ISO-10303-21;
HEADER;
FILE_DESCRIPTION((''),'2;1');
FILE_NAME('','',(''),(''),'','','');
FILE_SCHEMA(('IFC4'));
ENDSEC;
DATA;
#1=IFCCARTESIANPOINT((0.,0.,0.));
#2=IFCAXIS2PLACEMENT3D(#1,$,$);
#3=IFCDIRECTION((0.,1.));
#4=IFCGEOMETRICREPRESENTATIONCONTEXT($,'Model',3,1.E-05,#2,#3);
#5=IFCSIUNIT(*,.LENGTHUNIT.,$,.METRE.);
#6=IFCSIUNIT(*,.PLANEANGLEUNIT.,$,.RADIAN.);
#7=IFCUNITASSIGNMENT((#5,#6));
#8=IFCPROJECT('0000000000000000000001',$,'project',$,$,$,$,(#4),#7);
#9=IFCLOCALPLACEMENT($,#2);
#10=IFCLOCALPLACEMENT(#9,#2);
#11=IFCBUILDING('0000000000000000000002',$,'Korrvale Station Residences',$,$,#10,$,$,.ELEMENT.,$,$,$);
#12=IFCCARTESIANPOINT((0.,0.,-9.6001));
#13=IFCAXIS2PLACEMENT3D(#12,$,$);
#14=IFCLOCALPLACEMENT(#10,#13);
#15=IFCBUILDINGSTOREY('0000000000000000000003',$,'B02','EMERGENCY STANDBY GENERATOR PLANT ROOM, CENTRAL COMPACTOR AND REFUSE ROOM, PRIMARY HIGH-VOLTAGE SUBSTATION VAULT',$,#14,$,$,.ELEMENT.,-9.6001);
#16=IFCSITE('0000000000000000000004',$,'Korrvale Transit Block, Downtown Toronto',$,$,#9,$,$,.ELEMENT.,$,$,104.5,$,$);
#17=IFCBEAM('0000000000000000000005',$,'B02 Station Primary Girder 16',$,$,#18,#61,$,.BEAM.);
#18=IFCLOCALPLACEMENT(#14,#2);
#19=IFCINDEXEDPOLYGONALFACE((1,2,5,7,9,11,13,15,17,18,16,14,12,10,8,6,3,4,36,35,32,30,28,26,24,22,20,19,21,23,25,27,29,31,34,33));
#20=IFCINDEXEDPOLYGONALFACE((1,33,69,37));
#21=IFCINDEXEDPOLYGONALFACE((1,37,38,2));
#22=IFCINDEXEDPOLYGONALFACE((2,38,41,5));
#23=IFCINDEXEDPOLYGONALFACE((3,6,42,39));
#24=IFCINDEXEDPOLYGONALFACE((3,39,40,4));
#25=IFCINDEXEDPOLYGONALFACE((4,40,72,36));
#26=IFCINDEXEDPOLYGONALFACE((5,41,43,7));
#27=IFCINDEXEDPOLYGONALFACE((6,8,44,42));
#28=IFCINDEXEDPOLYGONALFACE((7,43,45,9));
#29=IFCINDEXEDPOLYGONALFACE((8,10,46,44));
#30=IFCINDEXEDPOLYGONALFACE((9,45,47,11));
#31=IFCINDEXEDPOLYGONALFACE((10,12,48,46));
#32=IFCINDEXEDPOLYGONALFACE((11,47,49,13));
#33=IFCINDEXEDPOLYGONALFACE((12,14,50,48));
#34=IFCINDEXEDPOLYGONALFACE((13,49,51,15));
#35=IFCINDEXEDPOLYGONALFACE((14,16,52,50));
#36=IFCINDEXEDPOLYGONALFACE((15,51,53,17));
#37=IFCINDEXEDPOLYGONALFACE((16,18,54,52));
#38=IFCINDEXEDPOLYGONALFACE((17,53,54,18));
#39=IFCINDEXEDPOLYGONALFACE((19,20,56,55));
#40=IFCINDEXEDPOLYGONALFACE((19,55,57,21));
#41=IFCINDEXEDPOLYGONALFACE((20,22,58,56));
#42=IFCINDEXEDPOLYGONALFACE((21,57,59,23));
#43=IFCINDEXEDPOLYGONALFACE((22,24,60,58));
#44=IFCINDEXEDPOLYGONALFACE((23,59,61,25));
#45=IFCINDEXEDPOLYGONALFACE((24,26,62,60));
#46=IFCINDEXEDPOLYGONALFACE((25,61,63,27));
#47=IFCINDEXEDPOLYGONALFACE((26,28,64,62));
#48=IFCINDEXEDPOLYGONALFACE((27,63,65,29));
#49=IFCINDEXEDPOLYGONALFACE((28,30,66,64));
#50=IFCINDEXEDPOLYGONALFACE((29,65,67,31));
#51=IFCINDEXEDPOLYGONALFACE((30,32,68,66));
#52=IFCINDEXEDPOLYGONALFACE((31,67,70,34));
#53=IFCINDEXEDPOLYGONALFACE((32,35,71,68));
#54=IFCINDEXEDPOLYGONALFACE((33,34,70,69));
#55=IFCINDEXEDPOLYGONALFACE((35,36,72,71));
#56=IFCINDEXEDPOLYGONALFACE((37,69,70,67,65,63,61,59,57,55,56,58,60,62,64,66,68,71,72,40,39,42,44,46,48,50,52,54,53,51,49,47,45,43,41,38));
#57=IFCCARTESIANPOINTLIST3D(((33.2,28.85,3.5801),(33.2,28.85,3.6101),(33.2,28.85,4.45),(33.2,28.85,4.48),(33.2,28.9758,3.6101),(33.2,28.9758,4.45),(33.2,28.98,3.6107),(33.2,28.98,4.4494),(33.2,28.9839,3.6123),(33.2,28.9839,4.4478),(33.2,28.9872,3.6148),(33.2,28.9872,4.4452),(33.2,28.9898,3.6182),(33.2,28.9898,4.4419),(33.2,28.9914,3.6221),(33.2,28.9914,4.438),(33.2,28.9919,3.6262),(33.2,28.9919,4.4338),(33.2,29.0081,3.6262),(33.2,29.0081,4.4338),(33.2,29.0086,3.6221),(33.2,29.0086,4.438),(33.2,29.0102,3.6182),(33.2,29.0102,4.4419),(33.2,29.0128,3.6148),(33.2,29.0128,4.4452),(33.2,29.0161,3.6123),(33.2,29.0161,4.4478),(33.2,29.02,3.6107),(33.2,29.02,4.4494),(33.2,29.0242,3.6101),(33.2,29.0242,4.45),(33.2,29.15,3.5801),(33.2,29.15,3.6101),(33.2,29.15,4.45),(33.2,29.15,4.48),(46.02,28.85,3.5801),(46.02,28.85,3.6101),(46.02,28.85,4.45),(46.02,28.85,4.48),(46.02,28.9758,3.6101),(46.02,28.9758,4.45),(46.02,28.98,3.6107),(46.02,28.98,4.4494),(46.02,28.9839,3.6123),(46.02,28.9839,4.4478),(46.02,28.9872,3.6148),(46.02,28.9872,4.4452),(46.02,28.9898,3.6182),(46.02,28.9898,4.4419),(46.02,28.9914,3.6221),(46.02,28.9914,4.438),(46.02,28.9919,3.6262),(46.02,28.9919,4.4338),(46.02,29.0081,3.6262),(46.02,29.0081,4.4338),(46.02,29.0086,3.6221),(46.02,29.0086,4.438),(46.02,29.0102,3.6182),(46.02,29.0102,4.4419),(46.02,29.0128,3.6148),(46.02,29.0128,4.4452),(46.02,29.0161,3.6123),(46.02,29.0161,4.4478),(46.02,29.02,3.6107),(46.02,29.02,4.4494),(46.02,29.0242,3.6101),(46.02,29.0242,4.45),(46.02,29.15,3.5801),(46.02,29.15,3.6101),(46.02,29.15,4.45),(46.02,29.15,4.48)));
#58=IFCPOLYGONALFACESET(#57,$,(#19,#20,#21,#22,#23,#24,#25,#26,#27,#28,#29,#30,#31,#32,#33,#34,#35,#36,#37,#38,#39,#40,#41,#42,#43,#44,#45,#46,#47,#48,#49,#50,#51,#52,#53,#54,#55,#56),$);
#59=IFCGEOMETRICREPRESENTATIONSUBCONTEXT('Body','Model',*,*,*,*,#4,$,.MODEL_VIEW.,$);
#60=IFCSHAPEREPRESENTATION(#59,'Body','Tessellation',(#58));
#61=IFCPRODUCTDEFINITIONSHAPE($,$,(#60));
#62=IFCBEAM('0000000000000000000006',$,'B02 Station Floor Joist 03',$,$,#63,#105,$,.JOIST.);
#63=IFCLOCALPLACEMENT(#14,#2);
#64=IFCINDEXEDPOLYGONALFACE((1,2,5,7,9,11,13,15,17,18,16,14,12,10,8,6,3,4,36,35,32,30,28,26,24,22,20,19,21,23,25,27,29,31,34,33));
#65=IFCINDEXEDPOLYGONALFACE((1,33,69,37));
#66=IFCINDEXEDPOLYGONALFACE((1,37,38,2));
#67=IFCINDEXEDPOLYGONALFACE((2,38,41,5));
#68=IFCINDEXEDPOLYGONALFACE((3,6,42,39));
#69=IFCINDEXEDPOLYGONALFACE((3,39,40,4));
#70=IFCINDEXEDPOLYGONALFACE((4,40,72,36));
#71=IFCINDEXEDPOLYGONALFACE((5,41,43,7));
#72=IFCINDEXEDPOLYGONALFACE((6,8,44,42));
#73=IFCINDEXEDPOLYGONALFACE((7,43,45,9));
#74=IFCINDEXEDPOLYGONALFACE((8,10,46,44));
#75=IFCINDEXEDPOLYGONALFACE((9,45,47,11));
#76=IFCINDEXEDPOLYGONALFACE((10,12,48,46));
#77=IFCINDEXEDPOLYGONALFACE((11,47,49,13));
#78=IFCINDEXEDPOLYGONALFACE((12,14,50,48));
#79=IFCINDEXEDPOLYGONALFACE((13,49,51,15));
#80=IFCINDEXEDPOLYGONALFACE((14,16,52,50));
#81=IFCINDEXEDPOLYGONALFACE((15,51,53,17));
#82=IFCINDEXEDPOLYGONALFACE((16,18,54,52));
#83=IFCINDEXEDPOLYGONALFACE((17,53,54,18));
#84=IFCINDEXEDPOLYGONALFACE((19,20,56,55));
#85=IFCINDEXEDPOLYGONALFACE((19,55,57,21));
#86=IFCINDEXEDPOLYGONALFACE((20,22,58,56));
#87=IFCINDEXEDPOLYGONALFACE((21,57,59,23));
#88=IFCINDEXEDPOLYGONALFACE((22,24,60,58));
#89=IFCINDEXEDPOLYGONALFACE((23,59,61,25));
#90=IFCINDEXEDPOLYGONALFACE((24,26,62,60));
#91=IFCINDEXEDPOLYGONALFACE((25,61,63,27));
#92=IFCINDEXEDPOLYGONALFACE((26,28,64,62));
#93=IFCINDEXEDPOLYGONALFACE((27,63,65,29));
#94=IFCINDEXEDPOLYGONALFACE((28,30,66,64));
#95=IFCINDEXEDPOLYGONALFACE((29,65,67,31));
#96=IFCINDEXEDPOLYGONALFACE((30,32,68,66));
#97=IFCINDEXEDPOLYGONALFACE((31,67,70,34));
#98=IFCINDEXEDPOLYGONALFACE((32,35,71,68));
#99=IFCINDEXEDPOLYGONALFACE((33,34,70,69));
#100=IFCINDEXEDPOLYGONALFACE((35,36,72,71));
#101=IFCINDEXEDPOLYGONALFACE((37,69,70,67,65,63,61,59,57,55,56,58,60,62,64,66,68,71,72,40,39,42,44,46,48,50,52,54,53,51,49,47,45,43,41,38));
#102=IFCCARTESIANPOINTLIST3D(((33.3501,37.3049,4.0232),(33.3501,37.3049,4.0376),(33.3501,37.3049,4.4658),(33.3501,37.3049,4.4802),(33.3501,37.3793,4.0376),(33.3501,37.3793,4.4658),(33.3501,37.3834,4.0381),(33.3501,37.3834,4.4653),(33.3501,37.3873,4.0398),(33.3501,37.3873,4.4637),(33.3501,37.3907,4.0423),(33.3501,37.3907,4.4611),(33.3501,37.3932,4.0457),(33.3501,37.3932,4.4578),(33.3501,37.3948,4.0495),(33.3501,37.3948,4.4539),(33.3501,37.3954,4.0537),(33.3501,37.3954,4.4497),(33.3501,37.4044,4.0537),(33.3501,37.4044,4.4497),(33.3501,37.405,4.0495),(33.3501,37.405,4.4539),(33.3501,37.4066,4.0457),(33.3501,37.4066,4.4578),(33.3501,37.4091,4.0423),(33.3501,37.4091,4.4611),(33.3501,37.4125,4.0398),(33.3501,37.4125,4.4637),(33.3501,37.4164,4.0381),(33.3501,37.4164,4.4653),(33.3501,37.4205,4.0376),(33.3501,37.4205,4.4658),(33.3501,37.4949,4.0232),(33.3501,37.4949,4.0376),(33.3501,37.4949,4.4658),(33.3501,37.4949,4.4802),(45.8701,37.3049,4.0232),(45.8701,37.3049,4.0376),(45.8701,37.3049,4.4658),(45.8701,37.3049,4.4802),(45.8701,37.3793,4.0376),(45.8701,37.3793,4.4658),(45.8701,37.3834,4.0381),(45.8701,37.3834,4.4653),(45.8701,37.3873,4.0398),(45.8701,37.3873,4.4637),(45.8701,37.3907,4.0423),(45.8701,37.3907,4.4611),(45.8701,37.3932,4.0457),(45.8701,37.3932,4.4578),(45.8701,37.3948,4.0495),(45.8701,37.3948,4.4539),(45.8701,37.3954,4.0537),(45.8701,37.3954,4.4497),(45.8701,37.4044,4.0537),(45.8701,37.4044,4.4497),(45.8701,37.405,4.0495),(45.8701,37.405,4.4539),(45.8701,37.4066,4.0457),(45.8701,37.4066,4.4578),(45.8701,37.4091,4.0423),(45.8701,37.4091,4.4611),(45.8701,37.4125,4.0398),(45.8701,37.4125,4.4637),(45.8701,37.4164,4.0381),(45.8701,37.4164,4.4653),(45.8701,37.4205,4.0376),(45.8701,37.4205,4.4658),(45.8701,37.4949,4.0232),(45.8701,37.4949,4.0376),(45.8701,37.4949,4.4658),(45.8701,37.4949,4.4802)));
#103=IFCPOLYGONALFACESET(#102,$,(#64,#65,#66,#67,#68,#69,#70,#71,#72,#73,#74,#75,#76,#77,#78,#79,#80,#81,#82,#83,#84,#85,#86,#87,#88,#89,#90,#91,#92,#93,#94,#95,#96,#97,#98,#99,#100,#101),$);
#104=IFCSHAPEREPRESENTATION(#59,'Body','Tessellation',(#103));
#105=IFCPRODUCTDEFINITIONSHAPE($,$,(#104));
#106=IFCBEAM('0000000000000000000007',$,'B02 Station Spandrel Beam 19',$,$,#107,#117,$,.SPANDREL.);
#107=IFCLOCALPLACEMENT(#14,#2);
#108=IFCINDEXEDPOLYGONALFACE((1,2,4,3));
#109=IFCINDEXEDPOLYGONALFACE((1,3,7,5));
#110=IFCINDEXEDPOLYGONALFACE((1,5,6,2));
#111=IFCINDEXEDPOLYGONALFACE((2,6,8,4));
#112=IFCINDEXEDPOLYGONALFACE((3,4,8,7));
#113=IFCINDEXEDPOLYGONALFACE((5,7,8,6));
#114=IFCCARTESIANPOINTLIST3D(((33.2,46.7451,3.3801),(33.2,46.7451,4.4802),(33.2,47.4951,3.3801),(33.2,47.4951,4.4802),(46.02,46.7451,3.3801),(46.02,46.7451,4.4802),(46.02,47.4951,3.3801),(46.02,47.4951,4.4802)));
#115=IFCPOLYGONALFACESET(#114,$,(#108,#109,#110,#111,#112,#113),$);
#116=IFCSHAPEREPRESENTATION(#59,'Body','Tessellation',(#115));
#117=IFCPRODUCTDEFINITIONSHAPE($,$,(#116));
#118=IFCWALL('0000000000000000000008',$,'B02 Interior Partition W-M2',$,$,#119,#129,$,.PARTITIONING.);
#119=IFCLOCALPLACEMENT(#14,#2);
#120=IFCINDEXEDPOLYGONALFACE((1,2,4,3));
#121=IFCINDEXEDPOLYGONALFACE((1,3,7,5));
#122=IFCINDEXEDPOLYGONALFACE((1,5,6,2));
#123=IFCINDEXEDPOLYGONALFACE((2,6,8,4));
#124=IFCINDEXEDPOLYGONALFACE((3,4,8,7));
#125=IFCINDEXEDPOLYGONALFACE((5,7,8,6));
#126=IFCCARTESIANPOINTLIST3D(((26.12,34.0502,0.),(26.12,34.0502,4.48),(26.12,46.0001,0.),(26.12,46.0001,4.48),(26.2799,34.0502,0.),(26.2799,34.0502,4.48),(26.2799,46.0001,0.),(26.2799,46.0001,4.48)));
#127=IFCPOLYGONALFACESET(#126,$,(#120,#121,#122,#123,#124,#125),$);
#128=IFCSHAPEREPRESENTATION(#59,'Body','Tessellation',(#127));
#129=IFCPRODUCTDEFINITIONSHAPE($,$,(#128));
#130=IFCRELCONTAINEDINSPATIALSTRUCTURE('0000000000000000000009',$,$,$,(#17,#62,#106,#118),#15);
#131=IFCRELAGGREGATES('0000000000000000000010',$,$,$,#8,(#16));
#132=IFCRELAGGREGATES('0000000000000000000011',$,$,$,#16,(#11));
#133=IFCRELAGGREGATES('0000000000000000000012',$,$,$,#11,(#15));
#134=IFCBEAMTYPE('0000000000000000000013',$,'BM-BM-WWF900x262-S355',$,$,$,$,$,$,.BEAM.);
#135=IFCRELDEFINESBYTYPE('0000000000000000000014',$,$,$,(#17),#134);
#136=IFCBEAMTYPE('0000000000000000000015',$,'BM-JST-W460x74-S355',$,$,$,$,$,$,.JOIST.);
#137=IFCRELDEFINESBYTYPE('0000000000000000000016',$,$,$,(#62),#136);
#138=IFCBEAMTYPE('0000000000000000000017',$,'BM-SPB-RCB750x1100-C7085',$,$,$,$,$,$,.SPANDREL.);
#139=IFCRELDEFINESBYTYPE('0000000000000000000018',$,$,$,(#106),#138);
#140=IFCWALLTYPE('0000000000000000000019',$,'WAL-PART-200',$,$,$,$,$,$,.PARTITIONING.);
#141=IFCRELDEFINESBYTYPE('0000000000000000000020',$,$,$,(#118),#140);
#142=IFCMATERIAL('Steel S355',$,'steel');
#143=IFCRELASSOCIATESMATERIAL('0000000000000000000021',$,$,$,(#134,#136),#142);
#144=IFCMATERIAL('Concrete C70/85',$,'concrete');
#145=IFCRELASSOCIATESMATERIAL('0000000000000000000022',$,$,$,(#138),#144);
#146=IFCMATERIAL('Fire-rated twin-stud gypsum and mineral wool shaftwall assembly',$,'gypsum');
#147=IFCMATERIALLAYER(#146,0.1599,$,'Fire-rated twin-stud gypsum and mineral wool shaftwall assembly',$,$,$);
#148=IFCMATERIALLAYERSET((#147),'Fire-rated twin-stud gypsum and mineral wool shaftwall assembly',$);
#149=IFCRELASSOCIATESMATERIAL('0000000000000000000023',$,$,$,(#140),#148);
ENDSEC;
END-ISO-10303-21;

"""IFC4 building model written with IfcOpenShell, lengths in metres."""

from ifc_helpers import new_model, si_unit, direction, frame, frame_2d, origin, origin_2d, place, context, subcontext, project, spatial, rectangle, i_section, extrude, material, layer, layer_set, material_profile, profile_set, type_object, element, save


model = new_model("IFC4")

# Units and contexts
model_context = context("Model", 3, precision=1e-05, world=origin(), true_north=direction((0.0, 1.0)))
body_context = subcontext(model_context, "Body", "Model", "MODEL_VIEW")
ifc_project = project(units=[si_unit("LENGTHUNIT", "METRE"), si_unit("PLANEANGLEUNIT", "RADIAN")], contexts=[model_context])

# Site, building, storey
site_placement = place(None, origin())
site = spatial("IfcSite", under=ifc_project, at=site_placement, Name="Korrvale Transit Block, Downtown Toronto", CompositionType="ELEMENT", RefElevation=104.5)
building_placement = place(site_placement, origin())
building = spatial("IfcBuilding", under=site, at=building_placement, Name="Korrvale Station Residences", CompositionType="ELEMENT")
storey_placement = place(building_placement, frame((0.0, 0.0, -9.6001)))
storey = spatial("IfcBuildingStorey", under=building, at=storey_placement, Name="B02", Description="EMERGENCY STANDBY GENERATOR PLANT ROOM, CENTRAL COMPACTOR AND REFUSE ROOM, PRIMARY HIGH-VOLTAGE SUBSTATION VAULT", CompositionType="ELEMENT", Elevation=-9.6001)

# Shared definitions
ifc_material_1 = material(Name="Concrete C70/85", Category="concrete")

# Beams
ifc_material_2 = material(Name="Steel S355", Category="steel")
ifc_material_profile_1 = material_profile(ifc_material_2, i_section(OverallWidth=0.3, OverallDepth=0.8999, WebThickness=0.0161, FlangeThickness=0.03, FilletRadius=0.0161, at=origin_2d()), Name="WWF900x262")
ifc_profile_set_1 = profile_set([ifc_material_profile_1], Name="Steel S355")
beam_type_1 = type_object("IfcBeamType", Name="BM-BM-WWF900x262-S355", PredefinedType="BEAM", material=ifc_profile_set_1)
beam_1_placement = place(storey_placement, frame((33.2, 29.0, 4.03), z_axis=(1.0, 0.0, 0.0), x_axis=(0.0, 1.0, 0.0)))
element("IfcBeam", 1, at=beam_1_placement, inside=storey, type_object=beam_type_1, Name="B02 Station Primary Girder 16", PredefinedType="BEAM", context=body_context, shape_type="SweptSolid", body=[
    extrude(i_section(OverallWidth=0.3, OverallDepth=0.8999, WebThickness=0.0161, FlangeThickness=0.03, FilletRadius=0.0161, at=origin_2d()), origin(), (0.0, 0.0, 1.0), 12.8201),
])
ifc_material_profile_2 = material_profile(ifc_material_2, i_section(OverallWidth=0.1899, OverallDepth=0.457, WebThickness=0.009, FlangeThickness=0.0144, FilletRadius=0.0161, at=origin_2d()), Name="W460x74")
ifc_profile_set_2 = profile_set([ifc_material_profile_2], Name="Steel S355")
beam_type_2 = type_object("IfcBeamType", Name="BM-JST-W460x74-S355", PredefinedType="JOIST", material=ifc_profile_set_2)
beam_2_placement = place(storey_placement, frame((33.3501, 37.3999, 4.2517), z_axis=(1.0, 0.0, 0.0), x_axis=(0.0, 1.0, 0.0)))
element("IfcBeam", 2, at=beam_2_placement, inside=storey, type_object=beam_type_2, Name="B02 Station Floor Joist 03", PredefinedType="JOIST", context=body_context, shape_type="SweptSolid", body=[
    extrude(i_section(OverallWidth=0.1899, OverallDepth=0.457, WebThickness=0.009, FlangeThickness=0.0144, FilletRadius=0.0161, at=origin_2d()), origin(), (0.0, 0.0, 1.0), 12.52),
])
ifc_material_profile_3 = material_profile(ifc_material_1, rectangle(XDim=0.75, YDim=1.1001, at=origin_2d()), Name="RCB750x1100")
ifc_profile_set_3 = profile_set([ifc_material_profile_3], Name="Concrete C70/85")
beam_type_3 = type_object("IfcBeamType", Name="BM-SPB-RCB750x1100-C7085", PredefinedType="SPANDREL", material=ifc_profile_set_3)
beam_3_placement = place(storey_placement, frame((33.2, 47.1201, 3.9302), z_axis=(1.0, 0.0, 0.0), x_axis=(0.0, 1.0, 0.0)))
element("IfcBeam", 3, at=beam_3_placement, inside=storey, type_object=beam_type_3, Name="B02 Station Spandrel Beam 19", PredefinedType="SPANDREL", context=body_context, shape_type="SweptSolid", body=[
    extrude(rectangle(XDim=0.75, YDim=1.1001, at=origin_2d()), origin(), (0.0, 0.0, 1.0), 12.8201),
])

# Wall
ifc_material_3 = material(Name="Fire-rated twin-stud gypsum and mineral wool shaftwall assembly", Category="gypsum")
ifc_layer = layer(ifc_material_3, 0.1599, Name="Fire-rated twin-stud gypsum and mineral wool shaftwall assembly")
ifc_layer_set = layer_set([ifc_layer], Name="Fire-rated twin-stud gypsum and mineral wool shaftwall assembly")
wall_type = type_object("IfcWallType", Name="WAL-PART-200", PredefinedType="PARTITIONING", material=ifc_layer_set)
wall_placement = place(storey_placement, frame((26.2, 34.05, 0.0), z_axis=(0.0, 0.0, 1.0), x_axis=(0.0, 1.0, 0.0)))
element("IfcWall", 4, at=wall_placement, inside=storey, type_object=wall_type, Name="B02 Interior Partition W-M2", PredefinedType="PARTITIONING", context=body_context, shape_type="SweptSolid", body=[
    extrude(rectangle(XDim=11.95, YDim=0.1599, at=frame_2d((5.9751, 0.0))), origin(), (0.0, 0.0, 1.0), 4.48),
])

save(model, "model.ifc")
